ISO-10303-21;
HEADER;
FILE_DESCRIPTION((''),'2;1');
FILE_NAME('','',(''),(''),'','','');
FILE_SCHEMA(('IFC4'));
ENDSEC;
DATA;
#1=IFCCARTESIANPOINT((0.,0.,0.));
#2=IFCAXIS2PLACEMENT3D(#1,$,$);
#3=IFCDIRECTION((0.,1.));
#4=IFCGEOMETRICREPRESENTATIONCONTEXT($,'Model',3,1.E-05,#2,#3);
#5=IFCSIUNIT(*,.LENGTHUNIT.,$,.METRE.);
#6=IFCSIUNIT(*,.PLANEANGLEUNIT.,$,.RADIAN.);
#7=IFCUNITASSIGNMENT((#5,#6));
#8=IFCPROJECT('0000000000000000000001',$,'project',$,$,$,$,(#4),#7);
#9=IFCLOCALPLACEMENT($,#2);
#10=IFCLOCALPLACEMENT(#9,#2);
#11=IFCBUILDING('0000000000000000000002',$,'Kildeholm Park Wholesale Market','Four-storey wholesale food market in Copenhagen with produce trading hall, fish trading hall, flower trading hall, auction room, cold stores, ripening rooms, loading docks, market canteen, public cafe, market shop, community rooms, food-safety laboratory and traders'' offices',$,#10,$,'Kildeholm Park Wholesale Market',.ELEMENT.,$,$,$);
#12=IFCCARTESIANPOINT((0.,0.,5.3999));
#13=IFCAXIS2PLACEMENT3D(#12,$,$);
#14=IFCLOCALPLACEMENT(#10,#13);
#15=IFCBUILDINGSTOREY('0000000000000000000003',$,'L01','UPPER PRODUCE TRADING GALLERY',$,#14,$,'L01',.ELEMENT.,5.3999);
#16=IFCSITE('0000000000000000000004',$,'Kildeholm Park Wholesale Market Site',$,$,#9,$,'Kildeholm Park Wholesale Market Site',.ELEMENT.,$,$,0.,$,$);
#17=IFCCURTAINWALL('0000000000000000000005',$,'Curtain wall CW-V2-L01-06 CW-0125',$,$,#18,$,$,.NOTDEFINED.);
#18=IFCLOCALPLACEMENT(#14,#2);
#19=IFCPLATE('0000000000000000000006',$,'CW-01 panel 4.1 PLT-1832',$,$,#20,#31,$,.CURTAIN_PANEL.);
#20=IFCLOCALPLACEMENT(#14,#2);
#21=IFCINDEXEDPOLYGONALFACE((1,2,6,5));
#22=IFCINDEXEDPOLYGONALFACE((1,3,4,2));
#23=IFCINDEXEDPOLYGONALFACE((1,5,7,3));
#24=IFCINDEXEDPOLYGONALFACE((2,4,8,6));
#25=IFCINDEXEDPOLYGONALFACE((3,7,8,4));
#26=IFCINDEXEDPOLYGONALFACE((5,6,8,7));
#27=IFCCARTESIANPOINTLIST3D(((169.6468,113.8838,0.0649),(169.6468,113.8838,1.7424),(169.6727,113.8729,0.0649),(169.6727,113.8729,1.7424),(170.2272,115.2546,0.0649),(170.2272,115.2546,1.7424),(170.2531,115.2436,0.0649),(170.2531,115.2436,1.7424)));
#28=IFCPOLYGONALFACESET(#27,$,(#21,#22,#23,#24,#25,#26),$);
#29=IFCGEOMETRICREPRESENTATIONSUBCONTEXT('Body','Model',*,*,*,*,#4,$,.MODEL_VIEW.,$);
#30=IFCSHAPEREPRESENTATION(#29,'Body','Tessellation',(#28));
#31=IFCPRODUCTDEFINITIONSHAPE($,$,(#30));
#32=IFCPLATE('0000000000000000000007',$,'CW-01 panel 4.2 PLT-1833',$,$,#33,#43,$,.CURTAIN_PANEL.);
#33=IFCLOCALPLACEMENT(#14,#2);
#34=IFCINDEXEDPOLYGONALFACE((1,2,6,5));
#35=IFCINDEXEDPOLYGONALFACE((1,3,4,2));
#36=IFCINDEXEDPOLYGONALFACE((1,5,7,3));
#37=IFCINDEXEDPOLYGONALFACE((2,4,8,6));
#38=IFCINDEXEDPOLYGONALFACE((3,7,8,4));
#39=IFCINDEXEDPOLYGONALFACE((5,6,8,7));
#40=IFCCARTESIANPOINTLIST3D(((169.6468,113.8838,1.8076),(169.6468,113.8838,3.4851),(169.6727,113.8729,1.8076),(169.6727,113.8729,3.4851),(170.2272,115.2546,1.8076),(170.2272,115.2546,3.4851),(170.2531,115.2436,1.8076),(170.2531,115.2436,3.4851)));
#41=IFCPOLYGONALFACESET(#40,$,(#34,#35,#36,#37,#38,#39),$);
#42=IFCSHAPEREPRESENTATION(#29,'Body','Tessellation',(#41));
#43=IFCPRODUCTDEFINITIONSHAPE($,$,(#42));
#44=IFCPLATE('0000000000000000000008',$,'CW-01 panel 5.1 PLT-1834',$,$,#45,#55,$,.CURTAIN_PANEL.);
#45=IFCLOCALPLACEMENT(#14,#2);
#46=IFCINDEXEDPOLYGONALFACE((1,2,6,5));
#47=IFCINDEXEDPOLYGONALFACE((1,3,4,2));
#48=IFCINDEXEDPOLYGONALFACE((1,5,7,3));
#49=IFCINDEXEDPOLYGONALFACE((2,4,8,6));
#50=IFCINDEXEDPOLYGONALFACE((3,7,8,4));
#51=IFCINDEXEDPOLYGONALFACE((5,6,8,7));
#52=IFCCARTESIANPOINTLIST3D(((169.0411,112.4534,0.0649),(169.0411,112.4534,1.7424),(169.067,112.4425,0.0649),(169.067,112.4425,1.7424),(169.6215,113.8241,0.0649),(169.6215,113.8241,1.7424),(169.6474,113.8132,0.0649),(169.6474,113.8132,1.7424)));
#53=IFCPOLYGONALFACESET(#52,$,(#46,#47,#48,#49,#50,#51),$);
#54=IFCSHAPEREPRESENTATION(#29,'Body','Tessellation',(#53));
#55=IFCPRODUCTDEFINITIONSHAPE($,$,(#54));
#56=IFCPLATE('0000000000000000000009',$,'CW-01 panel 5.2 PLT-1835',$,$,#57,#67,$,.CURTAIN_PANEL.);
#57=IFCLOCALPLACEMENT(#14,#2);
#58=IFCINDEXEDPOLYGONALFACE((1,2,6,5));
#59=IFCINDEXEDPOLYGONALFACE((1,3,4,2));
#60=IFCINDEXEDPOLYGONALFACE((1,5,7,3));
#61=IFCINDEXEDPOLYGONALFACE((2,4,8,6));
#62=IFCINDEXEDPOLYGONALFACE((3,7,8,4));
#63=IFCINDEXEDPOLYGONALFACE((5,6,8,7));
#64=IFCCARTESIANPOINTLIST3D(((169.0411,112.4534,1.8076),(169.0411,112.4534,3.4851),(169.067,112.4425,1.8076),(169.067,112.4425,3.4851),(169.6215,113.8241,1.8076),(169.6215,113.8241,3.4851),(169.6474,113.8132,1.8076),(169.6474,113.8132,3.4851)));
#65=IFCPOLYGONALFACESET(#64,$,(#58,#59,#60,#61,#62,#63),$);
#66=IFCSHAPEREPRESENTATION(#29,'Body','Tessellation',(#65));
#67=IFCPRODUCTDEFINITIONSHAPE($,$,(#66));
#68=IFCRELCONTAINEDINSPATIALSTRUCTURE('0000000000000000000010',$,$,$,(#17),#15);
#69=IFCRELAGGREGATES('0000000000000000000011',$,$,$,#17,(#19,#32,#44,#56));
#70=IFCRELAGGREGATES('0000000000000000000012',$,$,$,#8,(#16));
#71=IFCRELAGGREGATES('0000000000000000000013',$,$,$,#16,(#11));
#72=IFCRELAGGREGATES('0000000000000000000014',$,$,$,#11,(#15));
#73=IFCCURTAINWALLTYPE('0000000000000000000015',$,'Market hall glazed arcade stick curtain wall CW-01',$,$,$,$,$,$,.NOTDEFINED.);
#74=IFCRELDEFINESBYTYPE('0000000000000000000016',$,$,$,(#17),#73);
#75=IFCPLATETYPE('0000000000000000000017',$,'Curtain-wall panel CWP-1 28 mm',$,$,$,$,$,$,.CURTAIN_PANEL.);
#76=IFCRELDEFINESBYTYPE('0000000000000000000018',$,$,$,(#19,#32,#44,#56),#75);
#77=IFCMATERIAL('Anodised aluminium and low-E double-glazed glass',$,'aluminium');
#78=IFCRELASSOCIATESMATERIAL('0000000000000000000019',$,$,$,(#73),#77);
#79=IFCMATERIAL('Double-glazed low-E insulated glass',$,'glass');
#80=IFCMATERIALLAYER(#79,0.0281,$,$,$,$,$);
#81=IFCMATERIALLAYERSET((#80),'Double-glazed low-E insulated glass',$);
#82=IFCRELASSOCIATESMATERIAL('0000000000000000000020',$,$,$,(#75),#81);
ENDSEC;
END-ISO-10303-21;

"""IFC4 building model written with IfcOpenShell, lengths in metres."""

from ifc_helpers import new_model, si_unit, direction, frame, origin, origin_2d, place, context, subcontext, project, spatial, rectangle, extrude, material, layer, layer_set, type_object, element, aggregate, save


model = new_model("IFC4")

# Units and contexts
model_context = context("Model", 3, precision=1e-05, world=origin(), true_north=direction((0.0, 1.0)))
body_context = subcontext(model_context, "Body", "Model", "MODEL_VIEW")
ifc_project = project(units=[si_unit("LENGTHUNIT", "METRE"), si_unit("PLANEANGLEUNIT", "RADIAN")], contexts=[model_context])

# Site, building, storey
site_placement = place(None, origin())
site = spatial("IfcSite", under=ifc_project, at=site_placement, Name="Kildeholm Park Wholesale Market Site", LongName="Kildeholm Park Wholesale Market Site", CompositionType="ELEMENT", RefElevation=0.0)
building_placement = place(site_placement, origin())
building = spatial("IfcBuilding", under=site, at=building_placement, Name="Kildeholm Park Wholesale Market", Description="Four-storey wholesale food market in Copenhagen with produce trading hall, fish trading hall, flower trading hall, auction room, cold stores, ripening rooms, loading docks, market canteen, public cafe, market shop, community rooms, food-safety laboratory and traders' offices", LongName="Kildeholm Park Wholesale Market", CompositionType="ELEMENT")
storey_placement = place(building_placement, frame((0.0, 0.0, 5.3999)))
storey = spatial("IfcBuildingStorey", under=building, at=storey_placement, Name="L01", Description="UPPER PRODUCE TRADING GALLERY", LongName="L01", CompositionType="ELEMENT", Elevation=5.3999)

# Curtain wall
ifc_material_1 = material(Name="Anodised aluminium and low-E double-glazed glass", Category="aluminium")
curtain_wall_type = type_object("IfcCurtainWallType", Name="Market hall glazed arcade stick curtain wall CW-01", PredefinedType="NOTDEFINED", material=ifc_material_1)
curtain_wall_1_placement = place(storey_placement, origin())
curtain_wall_1 = element("IfcCurtainWall", 1, at=curtain_wall_1_placement, inside=storey, type_object=curtain_wall_type, Name="Curtain wall CW-V2-L01-06 CW-0125", PredefinedType="NOTDEFINED")

# Plates
ifc_material_2 = material(Name="Double-glazed low-E insulated glass", Category="glass")
ifc_layer = layer(ifc_material_2, 0.0281)
ifc_layer_set = layer_set([ifc_layer], Name="Double-glazed low-E insulated glass")
plate_type = type_object("IfcPlateType", Name="Curtain-wall panel CWP-1 28 mm", PredefinedType="CURTAIN_PANEL", material=ifc_layer_set)
plate_1_placement = place(storey_placement, frame((169.95, 114.5637, 0.0649), z_axis=(0.0, 0.0, 1.0), x_axis=(-0.389905, -0.920855, 0.0)))
plate_1 = element("IfcPlate", 2, at=plate_1_placement, type_object=plate_type, Name="CW-01 panel 4.1 PLT-1832", PredefinedType="CURTAIN_PANEL", context=body_context, shape_type="SweptSolid", body=[
    extrude(rectangle(XDim=1.4885, YDim=0.0281, at=origin_2d()), origin(), (0.0, 0.0, 1.0), 1.6775),
])
plate_2_placement = place(storey_placement, frame((169.95, 114.5637, 1.8076), z_axis=(0.0, 0.0, 1.0), x_axis=(-0.389905, -0.920855, 0.0)))
plate_2 = element("IfcPlate", 3, at=plate_2_placement, type_object=plate_type, Name="CW-01 panel 4.2 PLT-1833", PredefinedType="CURTAIN_PANEL", context=body_context, shape_type="SweptSolid", body=[
    extrude(rectangle(XDim=1.4885, YDim=0.0281, at=origin_2d()), origin(), (0.0, 0.0, 1.0), 1.6775),
])
plate_3_placement = place(storey_placement, frame((169.3442, 113.1333, 0.0649), z_axis=(0.0, 0.0, 1.0), x_axis=(-0.389905, -0.920855, 0.0)))
plate_3 = element("IfcPlate", 4, at=plate_3_placement, type_object=plate_type, Name="CW-01 panel 5.1 PLT-1834", PredefinedType="CURTAIN_PANEL", context=body_context, shape_type="SweptSolid", body=[
    extrude(rectangle(XDim=1.4885, YDim=0.0281, at=origin_2d()), origin(), (0.0, 0.0, 1.0), 1.6775),
])
plate_4_placement = place(storey_placement, frame((169.3442, 113.1333, 1.8076), z_axis=(0.0, 0.0, 1.0), x_axis=(-0.389905, -0.920855, 0.0)))
plate_4 = element("IfcPlate", 5, at=plate_4_placement, type_object=plate_type, Name="CW-01 panel 5.2 PLT-1835", PredefinedType="CURTAIN_PANEL", context=body_context, shape_type="SweptSolid", body=[
    extrude(rectangle(XDim=1.4885, YDim=0.0281, at=origin_2d()), origin(), (0.0, 0.0, 1.0), 1.6775),
])
aggregate(curtain_wall_1, [plate_1, plate_2, plate_3, plate_4])

save(model, "model.ifc")
